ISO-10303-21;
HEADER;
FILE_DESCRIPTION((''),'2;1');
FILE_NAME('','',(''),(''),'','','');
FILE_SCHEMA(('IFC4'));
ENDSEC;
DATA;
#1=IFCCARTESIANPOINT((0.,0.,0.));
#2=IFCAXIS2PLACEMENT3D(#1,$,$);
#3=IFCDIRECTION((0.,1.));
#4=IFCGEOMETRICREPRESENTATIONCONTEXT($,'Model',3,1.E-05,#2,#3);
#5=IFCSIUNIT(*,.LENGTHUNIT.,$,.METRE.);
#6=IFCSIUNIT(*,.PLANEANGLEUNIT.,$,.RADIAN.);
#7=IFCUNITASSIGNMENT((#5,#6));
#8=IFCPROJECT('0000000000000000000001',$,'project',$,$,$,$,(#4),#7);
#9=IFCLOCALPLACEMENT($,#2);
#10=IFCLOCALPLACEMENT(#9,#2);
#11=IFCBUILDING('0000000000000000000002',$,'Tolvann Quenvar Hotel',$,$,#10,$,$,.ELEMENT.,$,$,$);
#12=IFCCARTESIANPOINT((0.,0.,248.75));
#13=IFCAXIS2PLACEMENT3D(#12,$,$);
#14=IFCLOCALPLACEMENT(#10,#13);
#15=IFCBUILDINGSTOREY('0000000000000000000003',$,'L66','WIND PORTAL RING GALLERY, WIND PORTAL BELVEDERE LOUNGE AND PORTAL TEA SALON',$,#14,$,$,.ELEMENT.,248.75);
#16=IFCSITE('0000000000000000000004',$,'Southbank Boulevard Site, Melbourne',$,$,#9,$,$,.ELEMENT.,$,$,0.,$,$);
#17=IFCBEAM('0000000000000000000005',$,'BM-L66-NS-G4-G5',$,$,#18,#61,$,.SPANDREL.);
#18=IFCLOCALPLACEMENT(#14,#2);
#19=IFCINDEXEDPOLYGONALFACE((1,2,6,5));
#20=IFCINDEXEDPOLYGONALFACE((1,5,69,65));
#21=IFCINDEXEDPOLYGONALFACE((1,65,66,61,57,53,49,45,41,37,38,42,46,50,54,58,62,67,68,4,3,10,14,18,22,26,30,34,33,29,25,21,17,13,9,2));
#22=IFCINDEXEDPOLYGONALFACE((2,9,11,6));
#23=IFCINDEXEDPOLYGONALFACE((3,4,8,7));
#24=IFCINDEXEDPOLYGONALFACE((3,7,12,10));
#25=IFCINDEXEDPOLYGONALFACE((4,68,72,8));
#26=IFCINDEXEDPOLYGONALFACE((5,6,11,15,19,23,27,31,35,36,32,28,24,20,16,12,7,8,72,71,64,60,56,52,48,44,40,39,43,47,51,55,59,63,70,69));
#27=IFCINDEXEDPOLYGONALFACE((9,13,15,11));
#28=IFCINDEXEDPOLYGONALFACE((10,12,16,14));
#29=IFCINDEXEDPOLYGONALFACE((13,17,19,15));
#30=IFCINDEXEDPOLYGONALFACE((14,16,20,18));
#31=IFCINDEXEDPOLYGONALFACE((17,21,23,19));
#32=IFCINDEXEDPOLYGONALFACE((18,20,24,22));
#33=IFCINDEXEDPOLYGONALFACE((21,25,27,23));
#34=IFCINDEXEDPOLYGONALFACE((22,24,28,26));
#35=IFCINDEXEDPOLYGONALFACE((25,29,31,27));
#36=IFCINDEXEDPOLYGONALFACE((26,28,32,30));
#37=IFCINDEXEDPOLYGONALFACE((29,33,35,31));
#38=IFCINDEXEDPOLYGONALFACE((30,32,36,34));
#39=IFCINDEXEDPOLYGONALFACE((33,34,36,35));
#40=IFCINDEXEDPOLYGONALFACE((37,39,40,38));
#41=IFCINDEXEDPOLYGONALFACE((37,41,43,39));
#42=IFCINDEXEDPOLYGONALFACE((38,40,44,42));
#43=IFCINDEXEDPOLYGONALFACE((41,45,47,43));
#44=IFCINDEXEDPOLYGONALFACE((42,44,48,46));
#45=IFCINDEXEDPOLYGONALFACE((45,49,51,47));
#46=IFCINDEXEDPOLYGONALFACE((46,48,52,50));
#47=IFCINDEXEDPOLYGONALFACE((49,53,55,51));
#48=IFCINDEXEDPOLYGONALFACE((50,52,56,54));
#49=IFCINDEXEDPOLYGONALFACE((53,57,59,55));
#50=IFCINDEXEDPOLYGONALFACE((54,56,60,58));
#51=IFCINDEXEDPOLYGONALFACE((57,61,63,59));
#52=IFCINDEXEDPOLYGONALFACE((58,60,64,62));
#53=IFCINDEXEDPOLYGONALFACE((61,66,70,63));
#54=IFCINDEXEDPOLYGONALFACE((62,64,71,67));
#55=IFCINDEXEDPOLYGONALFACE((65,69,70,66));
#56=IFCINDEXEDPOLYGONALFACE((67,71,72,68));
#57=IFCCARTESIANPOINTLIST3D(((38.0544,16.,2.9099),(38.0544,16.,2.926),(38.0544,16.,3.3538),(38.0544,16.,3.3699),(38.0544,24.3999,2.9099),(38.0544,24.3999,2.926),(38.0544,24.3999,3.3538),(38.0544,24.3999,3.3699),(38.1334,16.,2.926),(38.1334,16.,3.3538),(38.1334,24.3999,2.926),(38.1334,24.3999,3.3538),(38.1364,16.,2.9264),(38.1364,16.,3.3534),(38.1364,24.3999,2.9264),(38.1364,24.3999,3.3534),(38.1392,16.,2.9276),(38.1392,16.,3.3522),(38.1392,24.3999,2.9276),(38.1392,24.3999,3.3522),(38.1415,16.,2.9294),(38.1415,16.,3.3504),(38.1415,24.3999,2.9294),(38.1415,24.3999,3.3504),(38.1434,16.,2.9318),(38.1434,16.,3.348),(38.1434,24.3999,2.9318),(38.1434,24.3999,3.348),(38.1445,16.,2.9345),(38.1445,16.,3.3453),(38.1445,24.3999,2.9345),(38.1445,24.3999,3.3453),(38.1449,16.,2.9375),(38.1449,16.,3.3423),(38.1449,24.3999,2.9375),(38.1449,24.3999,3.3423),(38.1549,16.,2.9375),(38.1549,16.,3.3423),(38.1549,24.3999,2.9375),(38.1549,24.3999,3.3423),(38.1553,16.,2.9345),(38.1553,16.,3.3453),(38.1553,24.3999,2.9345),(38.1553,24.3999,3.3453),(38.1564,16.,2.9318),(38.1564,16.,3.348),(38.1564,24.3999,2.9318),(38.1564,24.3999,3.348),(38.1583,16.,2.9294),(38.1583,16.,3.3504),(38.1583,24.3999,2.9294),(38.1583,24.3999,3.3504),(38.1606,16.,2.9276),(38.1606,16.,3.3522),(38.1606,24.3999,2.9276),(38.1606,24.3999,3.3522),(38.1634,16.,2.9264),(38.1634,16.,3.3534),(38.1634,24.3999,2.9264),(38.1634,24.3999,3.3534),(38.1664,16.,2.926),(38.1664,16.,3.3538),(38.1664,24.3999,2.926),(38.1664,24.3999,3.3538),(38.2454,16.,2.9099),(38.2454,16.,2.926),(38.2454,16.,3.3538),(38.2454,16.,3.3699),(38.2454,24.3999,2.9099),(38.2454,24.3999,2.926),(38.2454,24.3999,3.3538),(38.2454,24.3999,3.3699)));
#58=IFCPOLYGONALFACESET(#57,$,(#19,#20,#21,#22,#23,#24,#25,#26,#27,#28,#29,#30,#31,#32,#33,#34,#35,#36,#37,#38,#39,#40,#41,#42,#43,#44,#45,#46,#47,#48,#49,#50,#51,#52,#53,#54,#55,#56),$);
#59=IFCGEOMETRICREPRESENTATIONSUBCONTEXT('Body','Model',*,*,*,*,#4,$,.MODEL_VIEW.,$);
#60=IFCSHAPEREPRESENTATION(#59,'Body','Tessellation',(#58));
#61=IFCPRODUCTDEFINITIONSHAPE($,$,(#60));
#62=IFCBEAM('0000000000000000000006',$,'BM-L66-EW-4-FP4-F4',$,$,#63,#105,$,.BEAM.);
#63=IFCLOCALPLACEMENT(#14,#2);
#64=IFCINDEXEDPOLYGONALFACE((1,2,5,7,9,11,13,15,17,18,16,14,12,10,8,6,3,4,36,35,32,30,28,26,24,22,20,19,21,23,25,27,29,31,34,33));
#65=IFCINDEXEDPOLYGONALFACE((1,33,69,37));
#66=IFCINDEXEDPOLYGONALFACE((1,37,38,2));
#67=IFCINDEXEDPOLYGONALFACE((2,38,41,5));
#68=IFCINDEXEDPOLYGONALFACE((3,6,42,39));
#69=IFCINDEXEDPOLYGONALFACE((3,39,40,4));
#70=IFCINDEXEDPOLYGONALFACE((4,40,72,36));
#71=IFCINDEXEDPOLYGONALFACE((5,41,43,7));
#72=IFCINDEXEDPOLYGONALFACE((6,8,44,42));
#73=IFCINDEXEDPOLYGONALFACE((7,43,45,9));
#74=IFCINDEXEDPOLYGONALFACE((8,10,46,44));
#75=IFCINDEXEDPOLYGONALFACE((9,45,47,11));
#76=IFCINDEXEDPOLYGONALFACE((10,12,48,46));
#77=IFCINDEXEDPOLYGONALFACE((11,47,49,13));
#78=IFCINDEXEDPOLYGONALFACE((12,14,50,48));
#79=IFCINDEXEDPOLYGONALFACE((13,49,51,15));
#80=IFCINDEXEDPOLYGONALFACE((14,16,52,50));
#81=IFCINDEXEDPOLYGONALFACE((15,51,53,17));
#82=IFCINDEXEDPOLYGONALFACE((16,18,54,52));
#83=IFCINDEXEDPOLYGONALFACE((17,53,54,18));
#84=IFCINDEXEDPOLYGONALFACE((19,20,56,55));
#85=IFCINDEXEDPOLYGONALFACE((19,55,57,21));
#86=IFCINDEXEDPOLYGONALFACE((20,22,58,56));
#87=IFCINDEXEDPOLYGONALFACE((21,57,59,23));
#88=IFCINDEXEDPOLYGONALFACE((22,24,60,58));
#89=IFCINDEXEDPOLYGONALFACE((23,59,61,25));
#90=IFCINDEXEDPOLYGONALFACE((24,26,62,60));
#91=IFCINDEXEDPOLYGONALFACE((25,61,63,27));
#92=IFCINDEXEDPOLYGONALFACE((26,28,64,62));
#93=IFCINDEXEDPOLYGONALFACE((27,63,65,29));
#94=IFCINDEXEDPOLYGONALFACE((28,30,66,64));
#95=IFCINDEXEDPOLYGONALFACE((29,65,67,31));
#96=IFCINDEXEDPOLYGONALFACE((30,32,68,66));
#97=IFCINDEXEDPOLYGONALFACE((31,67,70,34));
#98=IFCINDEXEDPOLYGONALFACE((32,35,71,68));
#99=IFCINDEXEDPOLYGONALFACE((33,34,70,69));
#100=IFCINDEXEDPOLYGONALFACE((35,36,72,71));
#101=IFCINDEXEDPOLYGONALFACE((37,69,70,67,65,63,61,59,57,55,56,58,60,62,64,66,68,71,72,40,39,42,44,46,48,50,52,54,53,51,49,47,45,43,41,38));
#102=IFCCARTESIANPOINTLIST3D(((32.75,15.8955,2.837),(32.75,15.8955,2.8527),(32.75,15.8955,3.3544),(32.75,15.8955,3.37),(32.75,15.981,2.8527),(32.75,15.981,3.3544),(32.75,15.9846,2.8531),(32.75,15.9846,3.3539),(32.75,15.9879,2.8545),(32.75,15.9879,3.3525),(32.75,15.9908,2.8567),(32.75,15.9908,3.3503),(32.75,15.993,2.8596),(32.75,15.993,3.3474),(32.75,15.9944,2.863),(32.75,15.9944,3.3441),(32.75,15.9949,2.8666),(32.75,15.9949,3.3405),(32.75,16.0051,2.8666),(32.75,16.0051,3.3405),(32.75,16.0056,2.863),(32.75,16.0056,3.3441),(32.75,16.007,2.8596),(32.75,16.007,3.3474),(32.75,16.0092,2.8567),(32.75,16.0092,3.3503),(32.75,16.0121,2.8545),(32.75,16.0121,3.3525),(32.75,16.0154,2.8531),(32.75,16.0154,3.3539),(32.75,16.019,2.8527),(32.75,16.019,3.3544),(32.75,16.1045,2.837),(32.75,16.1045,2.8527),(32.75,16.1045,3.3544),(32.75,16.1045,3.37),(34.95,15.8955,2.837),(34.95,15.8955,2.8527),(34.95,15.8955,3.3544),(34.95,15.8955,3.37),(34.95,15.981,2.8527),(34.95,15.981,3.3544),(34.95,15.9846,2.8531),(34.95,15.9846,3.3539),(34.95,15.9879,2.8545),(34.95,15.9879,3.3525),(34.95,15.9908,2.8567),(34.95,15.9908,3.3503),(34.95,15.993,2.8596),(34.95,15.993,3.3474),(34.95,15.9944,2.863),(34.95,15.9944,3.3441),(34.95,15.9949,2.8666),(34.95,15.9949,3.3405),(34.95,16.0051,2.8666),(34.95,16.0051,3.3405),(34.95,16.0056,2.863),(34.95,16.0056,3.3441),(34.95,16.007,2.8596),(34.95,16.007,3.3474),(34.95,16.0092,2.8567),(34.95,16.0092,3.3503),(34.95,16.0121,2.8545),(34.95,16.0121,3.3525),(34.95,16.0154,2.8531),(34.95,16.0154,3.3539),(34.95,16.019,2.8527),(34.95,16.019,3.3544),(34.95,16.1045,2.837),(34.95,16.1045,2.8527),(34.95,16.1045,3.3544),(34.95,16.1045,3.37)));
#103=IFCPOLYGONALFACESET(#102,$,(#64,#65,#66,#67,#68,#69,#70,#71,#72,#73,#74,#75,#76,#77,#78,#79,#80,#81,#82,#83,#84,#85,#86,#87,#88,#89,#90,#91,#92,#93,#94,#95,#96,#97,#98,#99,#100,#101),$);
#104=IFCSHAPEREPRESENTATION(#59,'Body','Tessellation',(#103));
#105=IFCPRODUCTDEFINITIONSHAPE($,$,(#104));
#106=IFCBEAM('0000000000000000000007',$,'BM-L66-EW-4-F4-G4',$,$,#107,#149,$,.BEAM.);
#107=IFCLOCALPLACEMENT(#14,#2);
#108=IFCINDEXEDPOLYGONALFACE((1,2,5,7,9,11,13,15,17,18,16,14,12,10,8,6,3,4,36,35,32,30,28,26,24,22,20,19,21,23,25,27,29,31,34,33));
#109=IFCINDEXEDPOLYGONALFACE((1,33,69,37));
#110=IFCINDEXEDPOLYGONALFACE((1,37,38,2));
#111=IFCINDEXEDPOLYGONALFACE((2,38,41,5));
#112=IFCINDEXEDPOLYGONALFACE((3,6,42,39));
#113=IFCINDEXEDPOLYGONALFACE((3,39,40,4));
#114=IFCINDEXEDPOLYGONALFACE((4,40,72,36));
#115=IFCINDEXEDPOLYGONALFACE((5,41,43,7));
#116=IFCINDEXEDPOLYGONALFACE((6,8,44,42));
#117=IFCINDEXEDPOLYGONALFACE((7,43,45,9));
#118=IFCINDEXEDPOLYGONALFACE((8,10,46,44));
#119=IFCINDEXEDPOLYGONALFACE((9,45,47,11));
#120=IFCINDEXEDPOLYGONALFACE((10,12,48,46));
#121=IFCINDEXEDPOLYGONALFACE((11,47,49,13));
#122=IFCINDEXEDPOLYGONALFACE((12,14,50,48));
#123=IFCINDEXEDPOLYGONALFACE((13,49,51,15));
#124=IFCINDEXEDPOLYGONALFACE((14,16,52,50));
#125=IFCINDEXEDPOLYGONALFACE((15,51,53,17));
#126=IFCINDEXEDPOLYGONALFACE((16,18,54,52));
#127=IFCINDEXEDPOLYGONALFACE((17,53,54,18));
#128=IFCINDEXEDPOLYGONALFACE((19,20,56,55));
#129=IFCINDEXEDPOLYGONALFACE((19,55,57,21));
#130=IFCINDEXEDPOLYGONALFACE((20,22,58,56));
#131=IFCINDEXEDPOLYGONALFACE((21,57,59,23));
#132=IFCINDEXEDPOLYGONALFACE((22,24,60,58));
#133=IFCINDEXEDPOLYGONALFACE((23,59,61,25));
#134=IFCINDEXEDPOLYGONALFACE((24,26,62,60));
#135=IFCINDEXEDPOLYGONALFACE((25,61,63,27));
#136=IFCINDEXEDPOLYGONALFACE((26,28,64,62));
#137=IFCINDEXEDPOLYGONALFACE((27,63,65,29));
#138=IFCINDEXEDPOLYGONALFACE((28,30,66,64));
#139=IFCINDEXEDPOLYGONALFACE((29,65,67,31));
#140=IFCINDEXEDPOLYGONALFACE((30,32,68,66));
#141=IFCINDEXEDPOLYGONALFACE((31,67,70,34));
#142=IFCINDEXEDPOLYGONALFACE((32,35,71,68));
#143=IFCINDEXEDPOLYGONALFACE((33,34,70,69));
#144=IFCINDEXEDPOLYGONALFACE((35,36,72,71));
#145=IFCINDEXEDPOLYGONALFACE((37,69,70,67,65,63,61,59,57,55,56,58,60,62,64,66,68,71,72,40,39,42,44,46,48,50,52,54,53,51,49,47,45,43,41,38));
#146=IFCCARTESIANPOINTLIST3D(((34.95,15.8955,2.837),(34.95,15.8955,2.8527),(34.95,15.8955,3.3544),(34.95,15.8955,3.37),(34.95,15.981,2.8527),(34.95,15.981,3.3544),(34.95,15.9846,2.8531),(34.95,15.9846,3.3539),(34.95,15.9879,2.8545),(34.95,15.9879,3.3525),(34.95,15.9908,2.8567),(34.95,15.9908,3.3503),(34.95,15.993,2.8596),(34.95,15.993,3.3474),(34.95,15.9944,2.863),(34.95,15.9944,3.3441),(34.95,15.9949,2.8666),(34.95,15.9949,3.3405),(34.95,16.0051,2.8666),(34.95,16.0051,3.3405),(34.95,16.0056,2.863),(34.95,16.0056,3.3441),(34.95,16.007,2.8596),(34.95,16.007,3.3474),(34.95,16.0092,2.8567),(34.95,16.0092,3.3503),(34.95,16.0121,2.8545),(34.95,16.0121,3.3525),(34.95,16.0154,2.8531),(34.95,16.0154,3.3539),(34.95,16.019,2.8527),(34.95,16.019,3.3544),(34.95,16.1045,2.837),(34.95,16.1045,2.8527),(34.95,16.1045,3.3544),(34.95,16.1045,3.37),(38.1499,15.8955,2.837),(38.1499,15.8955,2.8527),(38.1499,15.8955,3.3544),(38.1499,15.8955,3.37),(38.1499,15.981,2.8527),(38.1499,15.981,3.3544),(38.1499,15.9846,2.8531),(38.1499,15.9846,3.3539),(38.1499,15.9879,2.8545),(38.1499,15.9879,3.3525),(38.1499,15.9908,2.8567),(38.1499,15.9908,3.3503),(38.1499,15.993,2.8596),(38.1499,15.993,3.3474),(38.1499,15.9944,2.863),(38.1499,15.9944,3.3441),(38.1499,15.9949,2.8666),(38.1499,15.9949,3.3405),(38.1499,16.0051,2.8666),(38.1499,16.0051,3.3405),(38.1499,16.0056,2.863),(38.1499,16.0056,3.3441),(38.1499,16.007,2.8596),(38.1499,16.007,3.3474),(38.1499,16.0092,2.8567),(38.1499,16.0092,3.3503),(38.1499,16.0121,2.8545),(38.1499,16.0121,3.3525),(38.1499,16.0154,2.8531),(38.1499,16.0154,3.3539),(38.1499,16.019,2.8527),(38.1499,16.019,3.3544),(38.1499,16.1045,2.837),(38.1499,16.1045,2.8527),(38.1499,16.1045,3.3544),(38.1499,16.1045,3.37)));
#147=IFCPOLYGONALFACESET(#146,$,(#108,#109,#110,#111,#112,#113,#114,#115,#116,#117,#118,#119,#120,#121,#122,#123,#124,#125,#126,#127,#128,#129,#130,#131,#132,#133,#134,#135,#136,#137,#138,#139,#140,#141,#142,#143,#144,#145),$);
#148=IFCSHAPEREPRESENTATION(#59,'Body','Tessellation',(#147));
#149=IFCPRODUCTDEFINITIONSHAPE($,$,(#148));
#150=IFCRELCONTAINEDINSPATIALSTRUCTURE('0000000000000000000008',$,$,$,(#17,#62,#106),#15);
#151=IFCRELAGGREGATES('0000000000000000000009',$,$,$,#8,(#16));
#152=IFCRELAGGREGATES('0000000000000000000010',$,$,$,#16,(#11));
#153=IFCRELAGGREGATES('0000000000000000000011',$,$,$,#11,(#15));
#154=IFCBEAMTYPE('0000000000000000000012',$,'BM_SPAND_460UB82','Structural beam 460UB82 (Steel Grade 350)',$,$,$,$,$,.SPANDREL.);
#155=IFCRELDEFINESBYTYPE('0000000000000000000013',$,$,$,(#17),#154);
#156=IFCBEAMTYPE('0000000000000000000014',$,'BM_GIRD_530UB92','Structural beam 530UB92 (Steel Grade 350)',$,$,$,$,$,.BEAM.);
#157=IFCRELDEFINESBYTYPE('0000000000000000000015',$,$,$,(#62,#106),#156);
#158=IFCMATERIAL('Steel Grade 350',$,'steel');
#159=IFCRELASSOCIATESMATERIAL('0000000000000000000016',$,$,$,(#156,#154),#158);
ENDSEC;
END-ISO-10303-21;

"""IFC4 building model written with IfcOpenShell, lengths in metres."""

from ifc_helpers import new_model, si_unit, direction, frame, origin, origin_2d, place, context, subcontext, project, spatial, i_section, extrude, source, transform, mapped, material, material_profile, profile_set, type_object, element, save


model = new_model("IFC4")

# Units and contexts
model_context = context("Model", 3, precision=1e-05, world=origin(), true_north=direction((0.0, 1.0)))
body_context = subcontext(model_context, "Body", "Model", "MODEL_VIEW")
ifc_project = project(units=[si_unit("LENGTHUNIT", "METRE"), si_unit("PLANEANGLEUNIT", "RADIAN")], contexts=[model_context])

# Site, building, storey
site_placement = place(None, origin())
site = spatial("IfcSite", under=ifc_project, at=site_placement, Name="Southbank Boulevard Site, Melbourne", CompositionType="ELEMENT", RefElevation=0.0)
building_placement = place(site_placement, origin())
building = spatial("IfcBuilding", under=site, at=building_placement, Name="Tolvann Quenvar Hotel", CompositionType="ELEMENT")
storey_placement = place(building_placement, frame((0.0, 0.0, 248.75)))
storey = spatial("IfcBuildingStorey", under=building, at=storey_placement, Name="L66", Description="WIND PORTAL RING GALLERY, WIND PORTAL BELVEDERE LOUNGE AND PORTAL TEA SALON", CompositionType="ELEMENT", Elevation=248.75)

# Shared definitions
ifc_material_1 = material(Name="Steel Grade 350", Category="steel")

# Beams
ifc_material_profile_1 = material_profile(ifc_material_1, i_section(OverallWidth=0.209, OverallDepth=0.533, WebThickness=0.0103, FlangeThickness=0.0156, FilletRadius=0.0139, at=origin_2d()), Name="530UB92")
ifc_profile_set_1 = profile_set([ifc_material_profile_1], Name="Steel Grade 350")
beam_type_1 = type_object("IfcBeamType", Name="BM_GIRD_530UB92", Description="Structural beam 530UB92 (Steel Grade 350)", PredefinedType="BEAM", material=ifc_profile_set_1)
ifc_material_profile_2 = material_profile(ifc_material_1, i_section(OverallWidth=0.1909, OverallDepth=0.46, WebThickness=0.01, FlangeThickness=0.0161, FilletRadius=0.0115, at=origin_2d()), Name="460UB82")
ifc_profile_set_2 = profile_set([ifc_material_profile_2], Name="Steel Grade 350")
beam_type_2 = type_object("IfcBeamType", Name="BM_SPAND_460UB82", Description="Structural beam 460UB82 (Steel Grade 350)", PredefinedType="SPANDREL", material=ifc_profile_set_2)
shared_shape_1 = source(origin(), body_context, "Body", "SweptSolid", [
    extrude(i_section(OverallWidth=0.1909, OverallDepth=0.46, WebThickness=0.01, FlangeThickness=0.0161, FilletRadius=0.0115, at=origin_2d()), origin(), (0.0, 0.0, 1.0), 8.3999),
])
beam_1_placement = place(storey_placement, frame((38.1499, 16.0, 3.1399), z_axis=(0.0, 1.0, 0.0), x_axis=(-1.0, 0.0, 0.0)))
element("IfcBeam", 1, at=beam_1_placement, inside=storey, type_object=beam_type_2, Name="BM-L66-NS-G4-G5", PredefinedType="SPANDREL", context=body_context, shape_type="MappedRepresentation", body=[
    mapped(shared_shape_1, transform((0.0, 0.0, 0.0), x_axis=(1.0, 0.0, 0.0), y_axis=(0.0, 1.0, 0.0), z_axis=(0.0, 0.0, 1.0), scale=1.0)),
])
shared_shape_2 = source(origin(), body_context, "Body", "SweptSolid", [
    extrude(i_section(OverallWidth=0.209, OverallDepth=0.533, WebThickness=0.0103, FlangeThickness=0.0156, FilletRadius=0.0139, at=origin_2d()), origin(), (0.0, 0.0, 1.0), 2.2),
])
beam_2_placement = place(storey_placement, frame((32.75, 16.0, 3.1035), z_axis=(1.0, 0.0, 0.0), x_axis=(0.0, 1.0, 0.0)))
element("IfcBeam", 2, at=beam_2_placement, inside=storey, type_object=beam_type_1, Name="BM-L66-EW-4-FP4-F4", PredefinedType="BEAM", context=body_context, shape_type="MappedRepresentation", body=[
    mapped(shared_shape_2, transform((0.0, 0.0, 0.0), x_axis=(1.0, 0.0, 0.0), y_axis=(0.0, 1.0, 0.0), z_axis=(0.0, 0.0, 1.0), scale=1.0)),
])
shared_shape_3 = source(origin(), body_context, "Body", "SweptSolid", [
    extrude(i_section(OverallWidth=0.209, OverallDepth=0.533, WebThickness=0.0103, FlangeThickness=0.0156, FilletRadius=0.0139, at=origin_2d()), origin(), (0.0, 0.0, 1.0), 3.2),
])
beam_3_placement = place(storey_placement, frame((34.95, 16.0, 3.1035), z_axis=(1.0, 0.0, 0.0), x_axis=(0.0, 1.0, 0.0)))
element("IfcBeam", 3, at=beam_3_placement, inside=storey, type_object=beam_type_1, Name="BM-L66-EW-4-F4-G4", PredefinedType="BEAM", context=body_context, shape_type="MappedRepresentation", body=[
    mapped(shared_shape_3, transform((0.0, 0.0, 0.0), x_axis=(1.0, 0.0, 0.0), y_axis=(0.0, 1.0, 0.0), z_axis=(0.0, 0.0, 1.0), scale=1.0)),
])

save(model, "model.ifc")
